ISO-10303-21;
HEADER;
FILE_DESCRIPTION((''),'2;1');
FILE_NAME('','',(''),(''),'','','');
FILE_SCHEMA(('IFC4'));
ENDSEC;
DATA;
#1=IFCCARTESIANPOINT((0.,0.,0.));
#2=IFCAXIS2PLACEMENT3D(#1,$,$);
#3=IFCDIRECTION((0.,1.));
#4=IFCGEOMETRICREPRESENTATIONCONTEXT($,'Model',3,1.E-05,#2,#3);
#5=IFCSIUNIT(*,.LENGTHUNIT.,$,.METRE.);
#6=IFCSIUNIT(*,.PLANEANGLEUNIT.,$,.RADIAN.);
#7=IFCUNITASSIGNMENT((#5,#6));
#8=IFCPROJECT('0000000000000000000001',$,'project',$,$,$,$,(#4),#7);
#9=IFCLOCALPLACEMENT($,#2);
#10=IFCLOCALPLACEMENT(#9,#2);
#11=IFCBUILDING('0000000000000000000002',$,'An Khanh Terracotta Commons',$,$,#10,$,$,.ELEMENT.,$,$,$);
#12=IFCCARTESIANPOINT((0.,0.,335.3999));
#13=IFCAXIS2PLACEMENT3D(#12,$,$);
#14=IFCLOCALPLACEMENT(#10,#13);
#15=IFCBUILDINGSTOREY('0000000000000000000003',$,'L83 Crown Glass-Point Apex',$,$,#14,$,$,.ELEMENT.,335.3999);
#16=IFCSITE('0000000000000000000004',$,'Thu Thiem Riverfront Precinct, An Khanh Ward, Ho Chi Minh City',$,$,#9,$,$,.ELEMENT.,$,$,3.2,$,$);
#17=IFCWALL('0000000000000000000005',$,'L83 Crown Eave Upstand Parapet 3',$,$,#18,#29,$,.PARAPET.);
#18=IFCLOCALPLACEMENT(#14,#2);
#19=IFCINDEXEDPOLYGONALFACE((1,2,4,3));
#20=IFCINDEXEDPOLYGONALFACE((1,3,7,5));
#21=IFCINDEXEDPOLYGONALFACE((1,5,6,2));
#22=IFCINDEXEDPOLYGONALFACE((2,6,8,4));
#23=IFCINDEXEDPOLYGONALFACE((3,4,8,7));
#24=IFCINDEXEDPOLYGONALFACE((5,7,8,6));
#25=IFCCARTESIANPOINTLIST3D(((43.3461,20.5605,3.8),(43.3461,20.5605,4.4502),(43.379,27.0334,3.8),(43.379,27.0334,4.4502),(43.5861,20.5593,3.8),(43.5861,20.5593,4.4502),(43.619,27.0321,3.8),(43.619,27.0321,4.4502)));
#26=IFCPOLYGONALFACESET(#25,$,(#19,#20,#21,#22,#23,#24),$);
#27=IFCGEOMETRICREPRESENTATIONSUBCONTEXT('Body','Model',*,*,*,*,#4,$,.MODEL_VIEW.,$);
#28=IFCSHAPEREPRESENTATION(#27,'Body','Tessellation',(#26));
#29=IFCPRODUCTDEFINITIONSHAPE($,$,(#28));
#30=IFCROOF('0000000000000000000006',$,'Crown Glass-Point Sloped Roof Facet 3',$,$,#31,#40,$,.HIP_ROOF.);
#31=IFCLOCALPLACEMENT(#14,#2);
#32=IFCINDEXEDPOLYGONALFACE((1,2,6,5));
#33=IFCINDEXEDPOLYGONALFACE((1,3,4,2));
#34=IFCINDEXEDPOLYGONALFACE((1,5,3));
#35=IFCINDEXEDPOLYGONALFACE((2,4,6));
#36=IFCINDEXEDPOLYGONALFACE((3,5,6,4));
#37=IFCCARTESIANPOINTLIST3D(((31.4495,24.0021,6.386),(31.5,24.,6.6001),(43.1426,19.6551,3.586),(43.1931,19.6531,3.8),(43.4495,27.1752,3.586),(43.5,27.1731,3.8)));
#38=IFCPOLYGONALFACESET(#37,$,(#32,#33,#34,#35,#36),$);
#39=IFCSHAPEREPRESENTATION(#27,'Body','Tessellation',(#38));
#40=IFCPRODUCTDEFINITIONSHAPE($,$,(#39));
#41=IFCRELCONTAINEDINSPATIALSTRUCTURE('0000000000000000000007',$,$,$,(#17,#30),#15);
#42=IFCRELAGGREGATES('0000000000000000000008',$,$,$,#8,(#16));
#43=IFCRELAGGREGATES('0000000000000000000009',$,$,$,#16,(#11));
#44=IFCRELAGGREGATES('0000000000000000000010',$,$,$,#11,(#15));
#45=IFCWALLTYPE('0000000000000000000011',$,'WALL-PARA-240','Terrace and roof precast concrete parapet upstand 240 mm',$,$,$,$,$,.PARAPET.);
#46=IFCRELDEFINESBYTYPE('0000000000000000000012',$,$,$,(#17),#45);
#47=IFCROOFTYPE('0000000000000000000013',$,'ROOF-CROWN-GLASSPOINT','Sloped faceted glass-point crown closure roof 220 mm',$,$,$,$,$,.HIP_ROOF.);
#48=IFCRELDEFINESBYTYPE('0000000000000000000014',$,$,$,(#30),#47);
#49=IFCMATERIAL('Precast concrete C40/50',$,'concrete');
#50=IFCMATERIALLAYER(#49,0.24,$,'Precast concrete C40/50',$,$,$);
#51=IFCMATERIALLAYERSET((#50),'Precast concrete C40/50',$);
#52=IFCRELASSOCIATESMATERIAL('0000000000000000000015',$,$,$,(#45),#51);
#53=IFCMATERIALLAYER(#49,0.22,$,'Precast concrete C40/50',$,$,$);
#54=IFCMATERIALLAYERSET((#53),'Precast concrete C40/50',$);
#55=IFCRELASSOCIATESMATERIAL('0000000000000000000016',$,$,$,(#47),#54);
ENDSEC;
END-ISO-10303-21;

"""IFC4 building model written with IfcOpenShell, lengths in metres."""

from ifc_helpers import new_model, si_unit, direction, frame, frame_2d, origin, place, context, subcontext, project, spatial, polyline, rectangle, outline, extrude, material, layer, layer_set, type_object, element, save


model = new_model("IFC4")

# Units and contexts
model_context = context("Model", 3, precision=1e-05, world=origin(), true_north=direction((0.0, 1.0)))
body_context = subcontext(model_context, "Body", "Model", "MODEL_VIEW")
ifc_project = project(units=[si_unit("LENGTHUNIT", "METRE"), si_unit("PLANEANGLEUNIT", "RADIAN")], contexts=[model_context])

# Site, building, storey
site_placement = place(None, origin())
site = spatial("IfcSite", under=ifc_project, at=site_placement, Name="Thu Thiem Riverfront Precinct, An Khanh Ward, Ho Chi Minh City", CompositionType="ELEMENT", RefElevation=3.2)
building_placement = place(site_placement, origin())
building = spatial("IfcBuilding", under=site, at=building_placement, Name="An Khanh Terracotta Commons", CompositionType="ELEMENT")
storey_placement = place(building_placement, frame((0.0, 0.0, 335.3999)))
storey = spatial("IfcBuildingStorey", under=building, at=storey_placement, Name="L83 Crown Glass-Point Apex", CompositionType="ELEMENT", Elevation=335.3999)

# Wall
ifc_material_1 = material(Name="Precast concrete C40/50", Category="concrete")
ifc_layer_1 = layer(ifc_material_1, 0.24, Name="Precast concrete C40/50")
ifc_layer_set_1 = layer_set([ifc_layer_1], Name="Precast concrete C40/50")
wall_type_1 = type_object("IfcWallType", Name="WALL-PARA-240", Description="Terrace and roof precast concrete parapet upstand 240 mm", PredefinedType="PARAPET", material=ifc_layer_set_1)
wall_1_placement = place(storey_placement, frame((43.4661, 20.5601, 3.8), z_axis=(0.0, 0.0, 1.0), x_axis=(0.005092, 0.999987, 0.0)))
element("IfcWall", 1, at=wall_1_placement, inside=storey, type_object=wall_type_1, Name="L83 Crown Eave Upstand Parapet 3", PredefinedType="PARAPET", context=body_context, shape_type="SweptSolid", body=[
    extrude(rectangle(XDim=6.4729, YDim=0.24, at=frame_2d((3.2363, 0.0))), origin(), (0.0, 0.0, 1.0), 0.6501),
])

# Roof
ifc_layer_2 = layer(ifc_material_1, 0.22, Name="Precast concrete C40/50")
ifc_layer_set_2 = layer_set([ifc_layer_2], Name="Precast concrete C40/50")
roof_type = type_object("IfcRoofType", Name="ROOF-CROWN-GLASSPOINT", Description="Sloped faceted glass-point crown closure roof 220 mm", PredefinedType="HIP_ROOF", material=ifc_layer_set_2)
roof_placement = place(storey_placement, frame((43.1931, 19.6531, 3.8), z_axis=(0.229572, -0.009369, 0.973247), x_axis=(0.040775, 0.999168, 0.0)))
element("IfcRoof", 2, at=roof_placement, inside=storey, type_object=roof_type, Name="Crown Glass-Point Sloped Roof Facet 3", PredefinedType="HIP_ROOF", context=body_context, shape_type="SweptSolid", body=[
    extrude(outline(polyline([(0.0, 0.0), (7.5263, 0.0), (3.8665, 12.1867), (0.0, 0.0)])), origin(), (0.0, 0.0, -1.0), 0.22),
])

save(model, "model.ifc")
